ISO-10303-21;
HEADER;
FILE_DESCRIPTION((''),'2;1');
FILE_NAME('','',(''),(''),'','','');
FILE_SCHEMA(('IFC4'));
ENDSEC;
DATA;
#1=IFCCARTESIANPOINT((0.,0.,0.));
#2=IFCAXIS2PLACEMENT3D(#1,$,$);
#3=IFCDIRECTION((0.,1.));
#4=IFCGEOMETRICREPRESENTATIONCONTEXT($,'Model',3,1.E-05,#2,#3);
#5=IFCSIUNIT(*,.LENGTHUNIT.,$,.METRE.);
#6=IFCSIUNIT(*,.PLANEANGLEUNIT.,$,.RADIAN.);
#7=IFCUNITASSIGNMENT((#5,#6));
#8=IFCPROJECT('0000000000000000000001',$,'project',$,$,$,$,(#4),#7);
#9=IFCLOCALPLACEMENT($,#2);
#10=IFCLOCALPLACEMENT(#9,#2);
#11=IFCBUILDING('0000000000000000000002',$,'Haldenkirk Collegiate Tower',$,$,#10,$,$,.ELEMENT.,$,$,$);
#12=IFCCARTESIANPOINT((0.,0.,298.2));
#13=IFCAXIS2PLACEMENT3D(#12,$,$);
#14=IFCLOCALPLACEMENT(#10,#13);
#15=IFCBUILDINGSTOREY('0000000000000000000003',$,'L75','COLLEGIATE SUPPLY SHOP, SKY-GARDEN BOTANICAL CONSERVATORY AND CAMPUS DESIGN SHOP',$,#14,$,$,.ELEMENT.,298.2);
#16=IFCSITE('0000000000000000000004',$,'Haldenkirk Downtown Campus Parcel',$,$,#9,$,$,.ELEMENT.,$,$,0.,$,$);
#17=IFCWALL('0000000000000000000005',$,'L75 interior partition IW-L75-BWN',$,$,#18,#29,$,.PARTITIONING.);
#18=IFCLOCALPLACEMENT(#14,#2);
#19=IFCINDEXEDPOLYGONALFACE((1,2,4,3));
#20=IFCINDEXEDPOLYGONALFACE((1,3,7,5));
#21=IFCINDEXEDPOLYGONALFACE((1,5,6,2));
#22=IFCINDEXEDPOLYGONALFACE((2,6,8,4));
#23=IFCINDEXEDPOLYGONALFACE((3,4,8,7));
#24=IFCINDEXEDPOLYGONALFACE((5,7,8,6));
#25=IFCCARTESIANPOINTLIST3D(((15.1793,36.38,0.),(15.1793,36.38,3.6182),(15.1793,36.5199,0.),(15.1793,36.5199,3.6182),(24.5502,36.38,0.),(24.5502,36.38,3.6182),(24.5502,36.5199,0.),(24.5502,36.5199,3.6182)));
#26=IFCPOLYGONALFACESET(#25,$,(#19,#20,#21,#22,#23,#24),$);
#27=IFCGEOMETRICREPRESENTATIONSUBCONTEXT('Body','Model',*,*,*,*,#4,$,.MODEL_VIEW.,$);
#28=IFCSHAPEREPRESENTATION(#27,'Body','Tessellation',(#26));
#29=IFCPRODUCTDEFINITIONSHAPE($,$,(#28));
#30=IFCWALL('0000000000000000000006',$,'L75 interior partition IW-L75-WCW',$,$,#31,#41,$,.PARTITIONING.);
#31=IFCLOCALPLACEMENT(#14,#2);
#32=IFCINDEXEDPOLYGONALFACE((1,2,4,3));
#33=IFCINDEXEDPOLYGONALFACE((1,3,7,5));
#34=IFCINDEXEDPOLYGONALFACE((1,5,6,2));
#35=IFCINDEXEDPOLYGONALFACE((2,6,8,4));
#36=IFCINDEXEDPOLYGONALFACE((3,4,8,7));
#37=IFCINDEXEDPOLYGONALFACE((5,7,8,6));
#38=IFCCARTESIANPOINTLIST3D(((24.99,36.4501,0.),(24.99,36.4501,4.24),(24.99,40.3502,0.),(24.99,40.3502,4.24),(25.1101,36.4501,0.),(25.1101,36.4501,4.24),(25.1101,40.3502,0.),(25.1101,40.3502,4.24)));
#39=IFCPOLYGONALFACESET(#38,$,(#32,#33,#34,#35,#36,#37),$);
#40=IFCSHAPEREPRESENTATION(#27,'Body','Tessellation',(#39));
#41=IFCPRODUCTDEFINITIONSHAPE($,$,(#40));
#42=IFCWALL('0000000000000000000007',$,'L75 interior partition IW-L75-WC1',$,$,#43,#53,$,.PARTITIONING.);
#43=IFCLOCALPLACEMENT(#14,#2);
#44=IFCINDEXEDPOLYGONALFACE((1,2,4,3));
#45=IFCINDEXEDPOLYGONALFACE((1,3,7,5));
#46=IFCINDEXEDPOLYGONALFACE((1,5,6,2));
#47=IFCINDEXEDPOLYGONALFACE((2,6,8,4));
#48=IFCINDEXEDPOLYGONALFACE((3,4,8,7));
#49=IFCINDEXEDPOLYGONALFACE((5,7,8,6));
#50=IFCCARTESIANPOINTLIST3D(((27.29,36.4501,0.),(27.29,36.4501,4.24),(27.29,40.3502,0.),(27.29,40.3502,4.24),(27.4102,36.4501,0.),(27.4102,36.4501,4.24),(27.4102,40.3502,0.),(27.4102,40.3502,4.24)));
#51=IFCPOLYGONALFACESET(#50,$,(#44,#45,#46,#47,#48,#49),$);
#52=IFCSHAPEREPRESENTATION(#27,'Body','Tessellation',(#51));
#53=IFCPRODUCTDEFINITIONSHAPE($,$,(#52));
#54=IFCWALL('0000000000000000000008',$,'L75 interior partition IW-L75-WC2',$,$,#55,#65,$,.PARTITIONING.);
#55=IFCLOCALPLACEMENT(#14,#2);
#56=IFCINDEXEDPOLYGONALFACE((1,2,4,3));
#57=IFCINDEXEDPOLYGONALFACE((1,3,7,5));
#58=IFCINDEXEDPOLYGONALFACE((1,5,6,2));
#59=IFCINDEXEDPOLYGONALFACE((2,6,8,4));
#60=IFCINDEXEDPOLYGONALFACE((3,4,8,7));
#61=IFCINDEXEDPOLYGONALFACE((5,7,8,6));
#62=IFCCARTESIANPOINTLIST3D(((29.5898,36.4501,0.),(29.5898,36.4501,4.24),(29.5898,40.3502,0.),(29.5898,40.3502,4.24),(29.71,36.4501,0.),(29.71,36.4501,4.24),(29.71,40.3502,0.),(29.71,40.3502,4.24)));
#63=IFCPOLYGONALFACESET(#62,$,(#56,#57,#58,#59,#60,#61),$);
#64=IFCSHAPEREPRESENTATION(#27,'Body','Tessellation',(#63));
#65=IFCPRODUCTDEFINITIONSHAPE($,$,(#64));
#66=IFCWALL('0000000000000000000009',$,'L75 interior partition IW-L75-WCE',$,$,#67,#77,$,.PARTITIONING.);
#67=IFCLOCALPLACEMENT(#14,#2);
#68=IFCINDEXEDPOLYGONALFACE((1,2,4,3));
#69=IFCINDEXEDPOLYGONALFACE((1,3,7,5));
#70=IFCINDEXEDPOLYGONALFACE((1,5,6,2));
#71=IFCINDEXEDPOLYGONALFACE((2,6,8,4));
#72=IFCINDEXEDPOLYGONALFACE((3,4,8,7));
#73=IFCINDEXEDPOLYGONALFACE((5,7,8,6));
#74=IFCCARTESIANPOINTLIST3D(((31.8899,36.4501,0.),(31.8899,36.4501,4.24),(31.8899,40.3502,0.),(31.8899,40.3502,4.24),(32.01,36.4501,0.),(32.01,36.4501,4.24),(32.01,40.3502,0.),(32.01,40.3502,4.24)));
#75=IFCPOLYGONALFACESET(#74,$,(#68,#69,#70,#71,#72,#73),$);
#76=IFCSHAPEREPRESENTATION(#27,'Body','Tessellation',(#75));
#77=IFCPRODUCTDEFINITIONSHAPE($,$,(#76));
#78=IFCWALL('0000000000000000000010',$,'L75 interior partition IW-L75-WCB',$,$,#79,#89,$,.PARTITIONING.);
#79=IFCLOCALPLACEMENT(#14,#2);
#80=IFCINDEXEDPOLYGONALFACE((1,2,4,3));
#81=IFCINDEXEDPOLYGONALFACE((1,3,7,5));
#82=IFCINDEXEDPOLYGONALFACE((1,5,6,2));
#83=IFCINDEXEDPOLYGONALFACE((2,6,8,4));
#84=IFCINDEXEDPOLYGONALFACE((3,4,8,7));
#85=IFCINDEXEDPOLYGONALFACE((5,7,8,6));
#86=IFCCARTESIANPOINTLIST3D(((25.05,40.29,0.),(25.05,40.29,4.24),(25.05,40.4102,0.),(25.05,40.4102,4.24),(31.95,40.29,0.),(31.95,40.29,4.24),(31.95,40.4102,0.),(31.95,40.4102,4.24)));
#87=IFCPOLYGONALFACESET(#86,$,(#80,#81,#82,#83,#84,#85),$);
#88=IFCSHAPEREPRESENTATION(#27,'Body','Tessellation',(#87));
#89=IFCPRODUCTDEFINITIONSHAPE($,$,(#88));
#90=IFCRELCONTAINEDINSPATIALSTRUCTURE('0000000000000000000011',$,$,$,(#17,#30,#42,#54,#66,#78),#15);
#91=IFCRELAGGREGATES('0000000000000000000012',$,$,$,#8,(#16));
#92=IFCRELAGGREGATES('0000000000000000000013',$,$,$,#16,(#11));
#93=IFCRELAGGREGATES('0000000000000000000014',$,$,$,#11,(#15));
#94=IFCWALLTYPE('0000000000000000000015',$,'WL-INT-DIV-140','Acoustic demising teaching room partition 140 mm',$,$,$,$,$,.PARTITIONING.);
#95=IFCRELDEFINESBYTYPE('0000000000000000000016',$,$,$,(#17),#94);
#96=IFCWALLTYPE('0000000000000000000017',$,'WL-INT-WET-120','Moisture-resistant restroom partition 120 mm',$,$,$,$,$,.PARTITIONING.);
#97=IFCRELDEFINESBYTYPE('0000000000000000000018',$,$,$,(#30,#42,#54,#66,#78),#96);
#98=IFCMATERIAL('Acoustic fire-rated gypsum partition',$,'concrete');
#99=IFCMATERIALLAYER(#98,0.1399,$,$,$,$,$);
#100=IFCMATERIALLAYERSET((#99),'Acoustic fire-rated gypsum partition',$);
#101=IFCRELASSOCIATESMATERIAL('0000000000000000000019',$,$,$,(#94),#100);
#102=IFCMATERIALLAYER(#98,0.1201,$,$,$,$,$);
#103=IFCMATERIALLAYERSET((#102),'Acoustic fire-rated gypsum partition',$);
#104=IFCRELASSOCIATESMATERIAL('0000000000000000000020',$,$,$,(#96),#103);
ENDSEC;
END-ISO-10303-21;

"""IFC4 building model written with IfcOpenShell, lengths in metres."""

from ifc_helpers import new_model, si_unit, direction, frame, frame_2d, origin, place, context, subcontext, project, spatial, rectangle, extrude, material, layer, layer_set, type_object, element, save


model = new_model("IFC4")

# Units and contexts
model_context = context("Model", 3, precision=1e-05, world=origin(), true_north=direction((0.0, 1.0)))
body_context = subcontext(model_context, "Body", "Model", "MODEL_VIEW")
ifc_project = project(units=[si_unit("LENGTHUNIT", "METRE"), si_unit("PLANEANGLEUNIT", "RADIAN")], contexts=[model_context])

# Site, building, storey
site_placement = place(None, origin())
site = spatial("IfcSite", under=ifc_project, at=site_placement, Name="Haldenkirk Downtown Campus Parcel", CompositionType="ELEMENT", RefElevation=0.0)
building_placement = place(site_placement, origin())
building = spatial("IfcBuilding", under=site, at=building_placement, Name="Haldenkirk Collegiate Tower", CompositionType="ELEMENT")
storey_placement = place(building_placement, frame((0.0, 0.0, 298.2)))
storey = spatial("IfcBuildingStorey", under=building, at=storey_placement, Name="L75", Description="COLLEGIATE SUPPLY SHOP, SKY-GARDEN BOTANICAL CONSERVATORY AND CAMPUS DESIGN SHOP", CompositionType="ELEMENT", Elevation=298.2)

# Shared definitions
ifc_material_1 = material(Name="Acoustic fire-rated gypsum partition", Category="concrete")

# Walls
ifc_layer_1 = layer(ifc_material_1, 0.1399)
ifc_layer_set_1 = layer_set([ifc_layer_1], Name="Acoustic fire-rated gypsum partition")
wall_type_1 = type_object("IfcWallType", Name="WL-INT-DIV-140", Description="Acoustic demising teaching room partition 140 mm", PredefinedType="PARTITIONING", material=ifc_layer_set_1)
wall_1_placement = place(storey_placement, frame((15.1792, 36.45, 0.0), z_axis=(0.0, 0.0, 1.0), x_axis=(1.0, 0.0, 0.0)))
element("IfcWall", 1, at=wall_1_placement, inside=storey, type_object=wall_type_1, Name="L75 interior partition IW-L75-BWN", PredefinedType="PARTITIONING", context=body_context, shape_type="SweptSolid", body=[
    extrude(rectangle(XDim=9.3708, YDim=0.1399, at=frame_2d((4.6855, 0.0))), origin(), (0.0, 0.0, 1.0), 3.6182),
])
ifc_layer_2 = layer(ifc_material_1, 0.1201)
ifc_layer_set_2 = layer_set([ifc_layer_2], Name="Acoustic fire-rated gypsum partition")
wall_type_2 = type_object("IfcWallType", Name="WL-INT-WET-120", Description="Moisture-resistant restroom partition 120 mm", PredefinedType="PARTITIONING", material=ifc_layer_set_2)
for number, where, z_axis, x_axis, name in (
    (2, (25.05, 36.45, 0.0), (0.0, 0.0, 1.0), (0.0, 1.0, 0.0), "L75 interior partition IW-L75-WCW"),
    (3, (27.3501, 36.45, 0.0), (0.0, 0.0, 1.0), (0.0, 1.0, 0.0), "L75 interior partition IW-L75-WC1"),
    (4, (29.6499, 36.45, 0.0), (0.0, 0.0, 1.0), (0.0, 1.0, 0.0), "L75 interior partition IW-L75-WC2"),
    (5, (31.95, 36.45, 0.0), (0.0, 0.0, 1.0), (0.0, 1.0, 0.0), "L75 interior partition IW-L75-WCE"),
):
    element("IfcWall", number, at=place(storey_placement, frame(where, z_axis=z_axis, x_axis=x_axis)), inside=storey, type_object=wall_type_2, Name=name, PredefinedType="PARTITIONING", context=body_context, shape_type="SweptSolid", body=[
        extrude(rectangle(XDim=3.9001, YDim=0.1201, at=frame_2d((1.9502, 0.0))), origin(), (0.0, 0.0, 1.0), 4.24),
    ])
wall_2_placement = place(storey_placement, frame((25.05, 40.3501, 0.0), z_axis=(0.0, 0.0, 1.0), x_axis=(1.0, 0.0, 0.0)))
element("IfcWall", 6, at=wall_2_placement, inside=storey, type_object=wall_type_2, Name="L75 interior partition IW-L75-WCB", PredefinedType="PARTITIONING", context=body_context, shape_type="SweptSolid", body=[
    extrude(rectangle(XDim=6.8999, YDim=0.1201, at=frame_2d((3.45, 0.0))), origin(), (0.0, 0.0, 1.0), 4.24),
])

save(model, "model.ifc")
